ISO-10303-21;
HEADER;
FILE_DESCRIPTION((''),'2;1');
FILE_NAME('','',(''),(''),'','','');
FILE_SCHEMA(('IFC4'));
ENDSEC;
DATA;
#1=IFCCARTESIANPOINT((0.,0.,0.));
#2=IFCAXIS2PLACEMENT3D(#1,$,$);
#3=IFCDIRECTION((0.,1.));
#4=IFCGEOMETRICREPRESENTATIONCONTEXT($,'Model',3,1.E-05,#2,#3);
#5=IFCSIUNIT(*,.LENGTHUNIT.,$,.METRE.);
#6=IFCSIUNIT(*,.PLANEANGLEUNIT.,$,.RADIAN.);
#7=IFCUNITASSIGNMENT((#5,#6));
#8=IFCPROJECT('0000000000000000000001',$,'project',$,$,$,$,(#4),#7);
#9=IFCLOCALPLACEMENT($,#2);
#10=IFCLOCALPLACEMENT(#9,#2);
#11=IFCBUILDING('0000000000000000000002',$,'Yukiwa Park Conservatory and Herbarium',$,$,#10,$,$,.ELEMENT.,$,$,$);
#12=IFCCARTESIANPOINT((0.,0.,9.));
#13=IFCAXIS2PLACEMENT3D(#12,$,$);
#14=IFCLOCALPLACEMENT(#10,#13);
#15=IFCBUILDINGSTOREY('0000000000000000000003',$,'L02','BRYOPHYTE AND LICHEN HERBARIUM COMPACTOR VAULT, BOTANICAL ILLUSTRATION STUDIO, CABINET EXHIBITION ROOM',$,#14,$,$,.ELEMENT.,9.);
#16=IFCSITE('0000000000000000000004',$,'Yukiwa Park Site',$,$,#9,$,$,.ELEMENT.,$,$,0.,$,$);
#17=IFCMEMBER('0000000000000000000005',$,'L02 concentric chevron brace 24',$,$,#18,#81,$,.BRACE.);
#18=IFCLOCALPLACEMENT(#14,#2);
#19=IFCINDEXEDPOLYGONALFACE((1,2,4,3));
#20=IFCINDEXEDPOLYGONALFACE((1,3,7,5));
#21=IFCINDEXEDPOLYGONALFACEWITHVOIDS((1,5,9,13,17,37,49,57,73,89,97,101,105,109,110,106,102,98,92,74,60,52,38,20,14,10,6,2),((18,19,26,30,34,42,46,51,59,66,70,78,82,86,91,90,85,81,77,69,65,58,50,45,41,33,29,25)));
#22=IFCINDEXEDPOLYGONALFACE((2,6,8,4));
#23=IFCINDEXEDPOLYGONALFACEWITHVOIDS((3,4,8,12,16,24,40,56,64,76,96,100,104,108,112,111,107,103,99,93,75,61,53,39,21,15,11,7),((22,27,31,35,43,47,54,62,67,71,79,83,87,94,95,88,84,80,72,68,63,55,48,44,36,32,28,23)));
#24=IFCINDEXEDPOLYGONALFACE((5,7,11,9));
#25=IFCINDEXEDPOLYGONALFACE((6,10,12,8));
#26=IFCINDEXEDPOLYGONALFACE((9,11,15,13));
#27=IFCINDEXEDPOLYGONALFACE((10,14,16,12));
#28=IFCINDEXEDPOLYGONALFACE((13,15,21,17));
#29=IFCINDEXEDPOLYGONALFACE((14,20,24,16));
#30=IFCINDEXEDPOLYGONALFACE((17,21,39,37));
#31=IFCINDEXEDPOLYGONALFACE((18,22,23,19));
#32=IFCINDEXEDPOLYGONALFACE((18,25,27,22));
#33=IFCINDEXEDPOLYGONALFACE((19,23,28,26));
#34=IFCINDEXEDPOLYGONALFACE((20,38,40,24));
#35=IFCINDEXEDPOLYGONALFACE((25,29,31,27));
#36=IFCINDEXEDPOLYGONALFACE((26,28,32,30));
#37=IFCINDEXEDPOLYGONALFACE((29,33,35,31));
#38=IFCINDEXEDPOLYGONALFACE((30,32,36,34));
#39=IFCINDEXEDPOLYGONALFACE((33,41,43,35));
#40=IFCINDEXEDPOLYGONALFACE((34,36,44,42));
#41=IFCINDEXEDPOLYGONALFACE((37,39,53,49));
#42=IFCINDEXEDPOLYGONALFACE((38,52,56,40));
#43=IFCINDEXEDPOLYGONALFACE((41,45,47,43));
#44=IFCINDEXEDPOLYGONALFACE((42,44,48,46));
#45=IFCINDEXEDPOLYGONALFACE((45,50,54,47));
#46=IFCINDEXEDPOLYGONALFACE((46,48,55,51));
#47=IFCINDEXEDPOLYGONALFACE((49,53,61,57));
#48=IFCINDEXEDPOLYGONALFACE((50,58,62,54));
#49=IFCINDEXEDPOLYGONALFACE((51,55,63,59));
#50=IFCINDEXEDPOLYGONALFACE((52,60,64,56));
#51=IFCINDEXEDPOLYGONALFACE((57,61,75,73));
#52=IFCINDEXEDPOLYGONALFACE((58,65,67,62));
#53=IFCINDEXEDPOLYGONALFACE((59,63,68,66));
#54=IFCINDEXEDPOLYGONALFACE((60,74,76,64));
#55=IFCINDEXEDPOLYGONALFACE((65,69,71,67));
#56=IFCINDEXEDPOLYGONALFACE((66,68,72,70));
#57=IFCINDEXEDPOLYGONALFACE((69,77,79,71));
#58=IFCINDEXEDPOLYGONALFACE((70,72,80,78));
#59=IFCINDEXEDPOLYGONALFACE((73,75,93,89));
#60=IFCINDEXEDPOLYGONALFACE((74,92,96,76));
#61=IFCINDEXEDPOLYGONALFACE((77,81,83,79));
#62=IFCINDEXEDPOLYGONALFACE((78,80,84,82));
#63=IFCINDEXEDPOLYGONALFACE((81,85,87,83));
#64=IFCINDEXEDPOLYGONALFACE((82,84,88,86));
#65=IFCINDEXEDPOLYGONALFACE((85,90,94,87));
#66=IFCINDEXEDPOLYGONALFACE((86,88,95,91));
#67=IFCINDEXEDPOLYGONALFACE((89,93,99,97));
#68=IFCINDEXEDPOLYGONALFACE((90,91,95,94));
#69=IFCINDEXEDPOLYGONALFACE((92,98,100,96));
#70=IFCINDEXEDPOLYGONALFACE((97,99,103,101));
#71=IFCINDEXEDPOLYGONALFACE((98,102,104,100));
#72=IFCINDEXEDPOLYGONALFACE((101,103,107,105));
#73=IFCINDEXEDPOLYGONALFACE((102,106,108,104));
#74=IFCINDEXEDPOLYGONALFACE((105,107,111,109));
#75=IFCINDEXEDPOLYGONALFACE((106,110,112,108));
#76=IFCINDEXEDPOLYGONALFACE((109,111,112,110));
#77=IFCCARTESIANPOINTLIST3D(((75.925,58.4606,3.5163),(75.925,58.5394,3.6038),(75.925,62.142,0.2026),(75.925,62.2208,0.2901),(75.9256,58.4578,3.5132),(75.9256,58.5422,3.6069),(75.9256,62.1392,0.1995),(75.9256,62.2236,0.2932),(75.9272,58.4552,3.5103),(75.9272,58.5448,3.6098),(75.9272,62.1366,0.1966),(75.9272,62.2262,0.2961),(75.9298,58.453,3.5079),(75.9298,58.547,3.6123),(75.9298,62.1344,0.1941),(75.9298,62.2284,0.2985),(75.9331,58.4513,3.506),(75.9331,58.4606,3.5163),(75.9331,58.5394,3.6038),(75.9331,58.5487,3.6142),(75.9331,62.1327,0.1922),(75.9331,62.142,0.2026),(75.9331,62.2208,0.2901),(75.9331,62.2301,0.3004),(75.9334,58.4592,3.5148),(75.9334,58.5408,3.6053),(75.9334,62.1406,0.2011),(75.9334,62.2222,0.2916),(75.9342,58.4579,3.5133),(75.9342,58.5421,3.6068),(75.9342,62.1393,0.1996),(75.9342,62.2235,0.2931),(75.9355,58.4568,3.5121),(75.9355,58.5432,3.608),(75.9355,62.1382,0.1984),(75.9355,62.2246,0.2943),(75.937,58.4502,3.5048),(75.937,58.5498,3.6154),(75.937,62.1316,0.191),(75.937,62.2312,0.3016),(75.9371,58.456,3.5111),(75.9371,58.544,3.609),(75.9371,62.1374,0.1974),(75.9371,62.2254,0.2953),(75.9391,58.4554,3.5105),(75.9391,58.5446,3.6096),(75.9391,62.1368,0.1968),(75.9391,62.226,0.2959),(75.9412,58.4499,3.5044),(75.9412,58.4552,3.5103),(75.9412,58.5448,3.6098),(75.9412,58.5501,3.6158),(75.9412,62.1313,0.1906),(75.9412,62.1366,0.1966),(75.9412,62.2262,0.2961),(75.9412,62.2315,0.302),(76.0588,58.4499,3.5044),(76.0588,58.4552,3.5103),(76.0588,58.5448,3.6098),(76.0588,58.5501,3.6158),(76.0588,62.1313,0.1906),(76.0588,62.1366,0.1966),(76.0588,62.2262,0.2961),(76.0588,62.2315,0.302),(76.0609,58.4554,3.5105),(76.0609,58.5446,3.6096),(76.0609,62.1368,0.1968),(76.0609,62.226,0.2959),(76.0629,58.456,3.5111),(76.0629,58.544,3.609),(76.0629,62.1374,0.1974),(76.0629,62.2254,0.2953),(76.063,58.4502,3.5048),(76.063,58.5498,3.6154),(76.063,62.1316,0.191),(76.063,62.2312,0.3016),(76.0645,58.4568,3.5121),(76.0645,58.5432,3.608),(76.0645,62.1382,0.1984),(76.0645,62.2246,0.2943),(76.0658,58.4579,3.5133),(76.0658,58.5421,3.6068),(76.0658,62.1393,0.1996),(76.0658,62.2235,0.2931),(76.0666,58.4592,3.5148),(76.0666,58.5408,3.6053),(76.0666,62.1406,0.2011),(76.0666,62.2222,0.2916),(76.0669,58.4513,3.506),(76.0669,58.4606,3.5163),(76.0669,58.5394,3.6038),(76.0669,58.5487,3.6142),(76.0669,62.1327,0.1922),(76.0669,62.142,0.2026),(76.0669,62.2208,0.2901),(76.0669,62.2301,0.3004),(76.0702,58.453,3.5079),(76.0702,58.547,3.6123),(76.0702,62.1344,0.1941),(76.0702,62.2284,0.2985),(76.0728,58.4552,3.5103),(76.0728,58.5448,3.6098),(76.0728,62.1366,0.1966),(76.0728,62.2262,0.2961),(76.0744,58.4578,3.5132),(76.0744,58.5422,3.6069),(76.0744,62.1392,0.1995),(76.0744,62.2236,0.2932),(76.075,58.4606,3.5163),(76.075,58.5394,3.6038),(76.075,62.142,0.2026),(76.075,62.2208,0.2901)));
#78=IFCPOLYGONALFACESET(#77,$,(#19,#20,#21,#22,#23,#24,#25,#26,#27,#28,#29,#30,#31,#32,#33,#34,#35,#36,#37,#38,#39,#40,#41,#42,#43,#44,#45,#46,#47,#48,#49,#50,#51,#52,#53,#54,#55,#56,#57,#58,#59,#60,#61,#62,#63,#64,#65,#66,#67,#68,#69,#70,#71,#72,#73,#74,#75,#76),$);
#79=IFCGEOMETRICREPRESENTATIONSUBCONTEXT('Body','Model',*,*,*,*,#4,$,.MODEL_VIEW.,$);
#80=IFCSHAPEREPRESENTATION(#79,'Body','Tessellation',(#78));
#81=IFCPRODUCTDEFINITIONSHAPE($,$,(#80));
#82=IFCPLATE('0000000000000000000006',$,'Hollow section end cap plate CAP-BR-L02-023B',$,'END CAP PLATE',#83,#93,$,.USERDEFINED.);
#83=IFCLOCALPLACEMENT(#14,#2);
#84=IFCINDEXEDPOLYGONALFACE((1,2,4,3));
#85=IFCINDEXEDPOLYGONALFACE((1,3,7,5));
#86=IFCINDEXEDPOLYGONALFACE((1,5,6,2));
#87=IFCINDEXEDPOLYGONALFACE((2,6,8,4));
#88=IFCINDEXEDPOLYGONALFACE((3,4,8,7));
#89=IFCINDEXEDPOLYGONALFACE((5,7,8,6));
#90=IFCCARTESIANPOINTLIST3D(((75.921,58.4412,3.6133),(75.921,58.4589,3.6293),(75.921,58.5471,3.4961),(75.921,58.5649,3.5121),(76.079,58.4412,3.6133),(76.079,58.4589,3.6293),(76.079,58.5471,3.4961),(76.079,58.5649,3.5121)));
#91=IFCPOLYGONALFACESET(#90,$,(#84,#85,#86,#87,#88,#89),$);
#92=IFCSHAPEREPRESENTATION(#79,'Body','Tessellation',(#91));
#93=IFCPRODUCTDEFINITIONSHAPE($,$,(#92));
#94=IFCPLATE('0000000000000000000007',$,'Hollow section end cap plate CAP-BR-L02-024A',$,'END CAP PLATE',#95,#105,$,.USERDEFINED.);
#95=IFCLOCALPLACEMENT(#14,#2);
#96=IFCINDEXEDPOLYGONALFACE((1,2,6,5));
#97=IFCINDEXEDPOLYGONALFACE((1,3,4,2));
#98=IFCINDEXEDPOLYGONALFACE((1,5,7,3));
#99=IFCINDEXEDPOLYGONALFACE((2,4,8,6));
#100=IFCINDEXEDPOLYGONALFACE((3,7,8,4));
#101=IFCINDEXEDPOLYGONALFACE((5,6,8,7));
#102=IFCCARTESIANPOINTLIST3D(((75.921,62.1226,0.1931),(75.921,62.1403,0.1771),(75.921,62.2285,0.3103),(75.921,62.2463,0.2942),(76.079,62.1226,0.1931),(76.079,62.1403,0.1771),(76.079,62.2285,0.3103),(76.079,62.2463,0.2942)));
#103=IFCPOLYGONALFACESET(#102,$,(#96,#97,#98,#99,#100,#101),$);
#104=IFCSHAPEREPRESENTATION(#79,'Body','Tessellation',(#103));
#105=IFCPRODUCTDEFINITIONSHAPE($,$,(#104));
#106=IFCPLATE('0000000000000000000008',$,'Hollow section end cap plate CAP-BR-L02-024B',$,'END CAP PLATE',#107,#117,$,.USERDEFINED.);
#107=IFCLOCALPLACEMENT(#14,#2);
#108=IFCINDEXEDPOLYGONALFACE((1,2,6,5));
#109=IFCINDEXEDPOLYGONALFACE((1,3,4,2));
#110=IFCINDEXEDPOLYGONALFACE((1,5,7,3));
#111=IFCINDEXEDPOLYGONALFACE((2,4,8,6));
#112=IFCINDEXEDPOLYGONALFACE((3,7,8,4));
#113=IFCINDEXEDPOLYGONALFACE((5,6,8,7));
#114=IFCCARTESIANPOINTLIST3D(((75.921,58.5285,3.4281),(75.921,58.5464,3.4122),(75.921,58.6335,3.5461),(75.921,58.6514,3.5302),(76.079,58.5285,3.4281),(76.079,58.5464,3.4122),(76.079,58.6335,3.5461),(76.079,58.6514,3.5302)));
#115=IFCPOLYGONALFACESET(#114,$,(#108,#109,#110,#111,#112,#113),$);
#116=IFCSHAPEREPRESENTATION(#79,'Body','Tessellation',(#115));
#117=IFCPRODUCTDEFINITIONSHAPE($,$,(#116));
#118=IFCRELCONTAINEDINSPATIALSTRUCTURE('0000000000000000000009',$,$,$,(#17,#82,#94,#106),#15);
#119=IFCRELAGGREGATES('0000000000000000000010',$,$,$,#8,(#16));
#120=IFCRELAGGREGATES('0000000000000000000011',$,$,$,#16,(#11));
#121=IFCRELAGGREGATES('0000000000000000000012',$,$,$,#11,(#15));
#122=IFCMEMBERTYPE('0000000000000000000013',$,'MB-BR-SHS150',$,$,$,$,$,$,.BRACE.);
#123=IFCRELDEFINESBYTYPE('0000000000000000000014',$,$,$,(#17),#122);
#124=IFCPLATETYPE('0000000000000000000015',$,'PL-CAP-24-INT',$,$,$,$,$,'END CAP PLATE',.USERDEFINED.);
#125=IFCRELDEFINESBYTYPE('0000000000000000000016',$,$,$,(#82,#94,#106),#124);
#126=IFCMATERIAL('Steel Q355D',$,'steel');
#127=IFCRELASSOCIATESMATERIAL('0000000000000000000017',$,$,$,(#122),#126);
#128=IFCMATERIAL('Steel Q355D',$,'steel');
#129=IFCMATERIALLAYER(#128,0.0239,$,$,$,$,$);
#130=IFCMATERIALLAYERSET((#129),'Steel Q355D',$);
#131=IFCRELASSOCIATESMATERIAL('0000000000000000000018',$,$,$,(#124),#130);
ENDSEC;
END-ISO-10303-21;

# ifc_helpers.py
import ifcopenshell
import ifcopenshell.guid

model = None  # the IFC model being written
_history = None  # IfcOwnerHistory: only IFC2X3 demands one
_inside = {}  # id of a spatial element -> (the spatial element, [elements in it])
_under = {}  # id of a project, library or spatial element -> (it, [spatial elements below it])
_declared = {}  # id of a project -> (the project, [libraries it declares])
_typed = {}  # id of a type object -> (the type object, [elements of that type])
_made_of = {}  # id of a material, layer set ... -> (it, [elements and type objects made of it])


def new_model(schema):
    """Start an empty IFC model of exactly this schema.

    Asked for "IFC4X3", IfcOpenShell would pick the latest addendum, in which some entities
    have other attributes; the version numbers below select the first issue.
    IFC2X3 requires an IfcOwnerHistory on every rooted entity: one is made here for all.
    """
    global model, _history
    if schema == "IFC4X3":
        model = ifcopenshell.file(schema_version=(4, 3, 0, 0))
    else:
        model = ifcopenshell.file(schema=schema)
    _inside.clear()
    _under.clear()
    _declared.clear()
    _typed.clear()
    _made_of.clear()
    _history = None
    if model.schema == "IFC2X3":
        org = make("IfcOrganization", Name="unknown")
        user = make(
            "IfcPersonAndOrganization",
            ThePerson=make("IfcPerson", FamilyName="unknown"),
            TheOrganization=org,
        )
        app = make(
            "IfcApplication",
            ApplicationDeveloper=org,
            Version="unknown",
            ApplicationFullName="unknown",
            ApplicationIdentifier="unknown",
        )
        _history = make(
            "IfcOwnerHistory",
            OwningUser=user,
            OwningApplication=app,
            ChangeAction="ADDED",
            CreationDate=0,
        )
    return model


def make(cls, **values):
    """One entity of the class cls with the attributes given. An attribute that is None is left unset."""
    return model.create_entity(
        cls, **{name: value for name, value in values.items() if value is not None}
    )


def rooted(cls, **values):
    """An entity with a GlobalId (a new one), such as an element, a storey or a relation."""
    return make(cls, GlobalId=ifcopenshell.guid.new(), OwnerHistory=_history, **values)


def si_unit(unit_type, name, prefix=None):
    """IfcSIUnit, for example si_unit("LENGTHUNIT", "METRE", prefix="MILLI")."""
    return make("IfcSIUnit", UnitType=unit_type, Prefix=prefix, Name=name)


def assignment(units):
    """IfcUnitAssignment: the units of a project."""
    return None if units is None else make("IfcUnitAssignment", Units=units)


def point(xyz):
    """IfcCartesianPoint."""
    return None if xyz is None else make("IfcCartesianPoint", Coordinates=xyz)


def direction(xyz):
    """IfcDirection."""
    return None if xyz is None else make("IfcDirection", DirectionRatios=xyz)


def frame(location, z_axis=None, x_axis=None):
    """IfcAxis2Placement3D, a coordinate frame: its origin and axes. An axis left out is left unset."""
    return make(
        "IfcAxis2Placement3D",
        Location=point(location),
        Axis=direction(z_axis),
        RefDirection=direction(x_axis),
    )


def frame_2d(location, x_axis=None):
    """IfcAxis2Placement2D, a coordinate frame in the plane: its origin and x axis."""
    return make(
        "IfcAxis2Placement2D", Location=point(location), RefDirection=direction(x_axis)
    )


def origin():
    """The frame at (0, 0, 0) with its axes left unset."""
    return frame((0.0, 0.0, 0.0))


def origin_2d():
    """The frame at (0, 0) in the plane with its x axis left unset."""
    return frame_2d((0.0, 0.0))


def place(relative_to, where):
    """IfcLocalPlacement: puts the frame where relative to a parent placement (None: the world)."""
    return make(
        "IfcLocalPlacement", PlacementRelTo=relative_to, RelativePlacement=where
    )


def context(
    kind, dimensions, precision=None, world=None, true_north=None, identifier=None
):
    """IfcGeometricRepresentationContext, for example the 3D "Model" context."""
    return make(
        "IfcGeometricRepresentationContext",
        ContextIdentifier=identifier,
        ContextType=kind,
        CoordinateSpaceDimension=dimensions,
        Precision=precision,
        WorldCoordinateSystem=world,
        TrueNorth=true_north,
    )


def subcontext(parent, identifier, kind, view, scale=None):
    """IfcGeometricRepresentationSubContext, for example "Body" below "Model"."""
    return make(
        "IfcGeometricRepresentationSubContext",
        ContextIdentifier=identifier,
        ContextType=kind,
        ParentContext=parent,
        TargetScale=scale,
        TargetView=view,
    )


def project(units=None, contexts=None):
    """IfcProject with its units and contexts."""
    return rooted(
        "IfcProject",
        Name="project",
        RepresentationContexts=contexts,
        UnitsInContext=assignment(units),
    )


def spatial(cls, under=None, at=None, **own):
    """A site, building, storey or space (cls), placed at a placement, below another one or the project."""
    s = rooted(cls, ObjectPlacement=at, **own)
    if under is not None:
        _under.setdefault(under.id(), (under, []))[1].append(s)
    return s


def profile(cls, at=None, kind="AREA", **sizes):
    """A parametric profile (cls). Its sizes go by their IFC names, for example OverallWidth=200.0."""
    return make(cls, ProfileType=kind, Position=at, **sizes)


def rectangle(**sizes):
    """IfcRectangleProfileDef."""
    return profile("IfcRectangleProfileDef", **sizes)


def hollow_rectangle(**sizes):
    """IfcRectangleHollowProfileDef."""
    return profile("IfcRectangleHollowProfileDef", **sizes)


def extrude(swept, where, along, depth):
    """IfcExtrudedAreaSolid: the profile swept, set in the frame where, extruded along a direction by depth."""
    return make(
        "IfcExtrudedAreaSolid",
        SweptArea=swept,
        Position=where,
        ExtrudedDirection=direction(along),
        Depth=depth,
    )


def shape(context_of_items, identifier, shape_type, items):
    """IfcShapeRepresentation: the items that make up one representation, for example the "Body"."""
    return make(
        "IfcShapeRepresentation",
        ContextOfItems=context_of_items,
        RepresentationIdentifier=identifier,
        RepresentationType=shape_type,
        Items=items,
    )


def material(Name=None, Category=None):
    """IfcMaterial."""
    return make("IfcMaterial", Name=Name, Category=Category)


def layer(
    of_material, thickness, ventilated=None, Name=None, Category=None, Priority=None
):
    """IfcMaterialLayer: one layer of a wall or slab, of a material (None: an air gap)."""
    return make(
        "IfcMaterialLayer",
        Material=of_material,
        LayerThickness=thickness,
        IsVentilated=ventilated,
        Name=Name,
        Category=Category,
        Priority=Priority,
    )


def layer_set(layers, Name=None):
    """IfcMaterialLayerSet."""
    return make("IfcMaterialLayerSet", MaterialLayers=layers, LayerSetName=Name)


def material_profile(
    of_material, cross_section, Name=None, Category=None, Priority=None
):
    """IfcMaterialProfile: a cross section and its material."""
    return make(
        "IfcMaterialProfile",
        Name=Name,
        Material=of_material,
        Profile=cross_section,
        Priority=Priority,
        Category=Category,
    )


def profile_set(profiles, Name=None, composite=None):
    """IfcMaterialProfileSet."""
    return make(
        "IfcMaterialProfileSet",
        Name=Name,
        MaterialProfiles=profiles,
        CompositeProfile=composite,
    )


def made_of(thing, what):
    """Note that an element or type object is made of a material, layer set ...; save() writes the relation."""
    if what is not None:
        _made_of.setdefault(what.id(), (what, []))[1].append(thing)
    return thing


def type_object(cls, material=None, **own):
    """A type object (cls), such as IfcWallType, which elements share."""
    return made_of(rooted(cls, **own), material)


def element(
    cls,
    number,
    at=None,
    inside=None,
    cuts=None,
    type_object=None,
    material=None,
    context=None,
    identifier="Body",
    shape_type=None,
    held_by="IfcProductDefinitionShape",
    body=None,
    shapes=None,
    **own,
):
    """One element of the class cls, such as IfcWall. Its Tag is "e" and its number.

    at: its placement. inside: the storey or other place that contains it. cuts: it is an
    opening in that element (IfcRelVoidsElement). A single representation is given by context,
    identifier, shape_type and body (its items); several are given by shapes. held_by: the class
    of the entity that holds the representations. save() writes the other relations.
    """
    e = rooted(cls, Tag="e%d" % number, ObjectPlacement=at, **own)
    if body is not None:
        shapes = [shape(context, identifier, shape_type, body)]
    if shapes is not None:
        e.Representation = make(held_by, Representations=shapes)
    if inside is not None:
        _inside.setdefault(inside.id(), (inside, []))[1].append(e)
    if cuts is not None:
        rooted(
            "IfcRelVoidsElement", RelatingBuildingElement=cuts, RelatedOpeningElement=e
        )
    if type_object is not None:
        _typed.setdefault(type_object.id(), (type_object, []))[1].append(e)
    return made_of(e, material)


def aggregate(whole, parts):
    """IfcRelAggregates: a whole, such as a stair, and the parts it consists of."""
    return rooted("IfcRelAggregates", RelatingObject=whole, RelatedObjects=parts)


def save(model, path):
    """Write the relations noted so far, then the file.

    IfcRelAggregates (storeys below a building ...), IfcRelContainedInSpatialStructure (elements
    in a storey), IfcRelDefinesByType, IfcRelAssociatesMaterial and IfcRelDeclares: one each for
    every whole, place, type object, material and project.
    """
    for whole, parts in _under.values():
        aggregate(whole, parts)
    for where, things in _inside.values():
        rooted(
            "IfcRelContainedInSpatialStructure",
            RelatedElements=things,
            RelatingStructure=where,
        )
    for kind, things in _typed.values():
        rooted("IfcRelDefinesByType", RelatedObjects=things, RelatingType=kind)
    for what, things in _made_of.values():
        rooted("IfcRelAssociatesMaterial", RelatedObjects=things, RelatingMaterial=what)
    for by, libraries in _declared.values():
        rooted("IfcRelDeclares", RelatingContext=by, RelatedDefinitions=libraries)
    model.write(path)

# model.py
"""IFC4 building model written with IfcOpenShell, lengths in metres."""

from ifc_helpers import new_model, si_unit, direction, frame, origin, origin_2d, place, context, subcontext, project, spatial, rectangle, hollow_rectangle, extrude, material, layer, layer_set, material_profile, profile_set, type_object, element, save


model = new_model("IFC4")

# Units and contexts
model_context = context("Model", 3, precision=1e-05, world=origin(), true_north=direction((0.0, 1.0)))
body_context = subcontext(model_context, "Body", "Model", "MODEL_VIEW")
ifc_project = project(units=[si_unit("LENGTHUNIT", "METRE"), si_unit("PLANEANGLEUNIT", "RADIAN")], contexts=[model_context])

# Site, building, storey
site_placement = place(None, origin())
site = spatial("IfcSite", under=ifc_project, at=site_placement, Name="Yukiwa Park Site", CompositionType="ELEMENT", RefElevation=0.0)
building_placement = place(site_placement, origin())
building = spatial("IfcBuilding", under=site, at=building_placement, Name="Yukiwa Park Conservatory and Herbarium", CompositionType="ELEMENT")
storey_placement = place(building_placement, frame((0.0, 0.0, 9.0)))
storey = spatial("IfcBuildingStorey", under=building, at=storey_placement, Name="L02", Description="BRYOPHYTE AND LICHEN HERBARIUM COMPACTOR VAULT, BOTANICAL ILLUSTRATION STUDIO, CABINET EXHIBITION ROOM", CompositionType="ELEMENT", Elevation=9.0)

# Member
ifc_material_1 = material(Name="Steel Q355D", Category="steel")
ifc_material_profile_1 = material_profile(ifc_material_1, hollow_rectangle(XDim=0.1499, YDim=0.1499, WallThickness=0.0081, InnerFilletRadius=0.0081, OuterFilletRadius=0.0161, at=origin_2d()), Name="SHS 150x150x8")
ifc_profile_set_1 = profile_set([ifc_material_profile_1], Name="Steel Q355D")
member_type = type_object("IfcMemberType", Name="MB-BR-SHS150", PredefinedType="BRACE", material=ifc_profile_set_1)
member_placement = place(storey_placement, frame((76.0, 62.1814, 0.2463), z_axis=(0.0, -0.743248, 0.669016), x_axis=(1.0, 0.0, 0.0)))
element("IfcMember", 1, at=member_placement, inside=storey, type_object=member_type, Name="L02 concentric chevron brace 24", PredefinedType="BRACE", context=body_context, shape_type="SweptSolid", body=[
    extrude(hollow_rectangle(XDim=0.1499, YDim=0.1499, WallThickness=0.0081, InnerFilletRadius=0.0081, OuterFilletRadius=0.0161, at=origin_2d()), origin(), (0.0, 0.0, 1.0), 4.9531),
])

# Plates
ifc_material_2 = material(Name="Steel Q355D", Category="steel")
ifc_layer = layer(ifc_material_2, 0.0239)
ifc_layer_set = layer_set([ifc_layer], Name="Steel Q355D")
plate_type = type_object("IfcPlateType", Name="PL-CAP-24-INT", ElementType="END CAP PLATE", PredefinedType="USERDEFINED", material=ifc_layer_set)
for number, where, z_axis, x_axis, name in (
    (2, (76.0, 58.4941, 3.5547), (0.0, 0.741776, 0.670647), (-1.0, 0.0, 0.0), "Hollow section end cap plate CAP-BR-L02-023B"),
    (3, (76.0, 62.1755, 0.2517), (0.0, 0.741776, -0.670647), (-1.0, 0.0, 0.0), "Hollow section end cap plate CAP-BR-L02-024A"),
    (4, (76.0, 58.5989, 3.4712), (0.0, -0.746845, 0.664999), (1.0, 0.0, 0.0), "Hollow section end cap plate CAP-BR-L02-024B"),
):
    element("IfcPlate", number, at=place(storey_placement, frame(where, z_axis=z_axis, x_axis=x_axis)), inside=storey, type_object=plate_type, Name=name, ObjectType="END CAP PLATE", PredefinedType="USERDEFINED", context=body_context, shape_type="SweptSolid", body=[
        extrude(rectangle(XDim=0.158, YDim=0.158, at=origin_2d()), origin(), (0.0, 0.0, 1.0), 0.0239),
    ])

save(model, "model.ifc")
